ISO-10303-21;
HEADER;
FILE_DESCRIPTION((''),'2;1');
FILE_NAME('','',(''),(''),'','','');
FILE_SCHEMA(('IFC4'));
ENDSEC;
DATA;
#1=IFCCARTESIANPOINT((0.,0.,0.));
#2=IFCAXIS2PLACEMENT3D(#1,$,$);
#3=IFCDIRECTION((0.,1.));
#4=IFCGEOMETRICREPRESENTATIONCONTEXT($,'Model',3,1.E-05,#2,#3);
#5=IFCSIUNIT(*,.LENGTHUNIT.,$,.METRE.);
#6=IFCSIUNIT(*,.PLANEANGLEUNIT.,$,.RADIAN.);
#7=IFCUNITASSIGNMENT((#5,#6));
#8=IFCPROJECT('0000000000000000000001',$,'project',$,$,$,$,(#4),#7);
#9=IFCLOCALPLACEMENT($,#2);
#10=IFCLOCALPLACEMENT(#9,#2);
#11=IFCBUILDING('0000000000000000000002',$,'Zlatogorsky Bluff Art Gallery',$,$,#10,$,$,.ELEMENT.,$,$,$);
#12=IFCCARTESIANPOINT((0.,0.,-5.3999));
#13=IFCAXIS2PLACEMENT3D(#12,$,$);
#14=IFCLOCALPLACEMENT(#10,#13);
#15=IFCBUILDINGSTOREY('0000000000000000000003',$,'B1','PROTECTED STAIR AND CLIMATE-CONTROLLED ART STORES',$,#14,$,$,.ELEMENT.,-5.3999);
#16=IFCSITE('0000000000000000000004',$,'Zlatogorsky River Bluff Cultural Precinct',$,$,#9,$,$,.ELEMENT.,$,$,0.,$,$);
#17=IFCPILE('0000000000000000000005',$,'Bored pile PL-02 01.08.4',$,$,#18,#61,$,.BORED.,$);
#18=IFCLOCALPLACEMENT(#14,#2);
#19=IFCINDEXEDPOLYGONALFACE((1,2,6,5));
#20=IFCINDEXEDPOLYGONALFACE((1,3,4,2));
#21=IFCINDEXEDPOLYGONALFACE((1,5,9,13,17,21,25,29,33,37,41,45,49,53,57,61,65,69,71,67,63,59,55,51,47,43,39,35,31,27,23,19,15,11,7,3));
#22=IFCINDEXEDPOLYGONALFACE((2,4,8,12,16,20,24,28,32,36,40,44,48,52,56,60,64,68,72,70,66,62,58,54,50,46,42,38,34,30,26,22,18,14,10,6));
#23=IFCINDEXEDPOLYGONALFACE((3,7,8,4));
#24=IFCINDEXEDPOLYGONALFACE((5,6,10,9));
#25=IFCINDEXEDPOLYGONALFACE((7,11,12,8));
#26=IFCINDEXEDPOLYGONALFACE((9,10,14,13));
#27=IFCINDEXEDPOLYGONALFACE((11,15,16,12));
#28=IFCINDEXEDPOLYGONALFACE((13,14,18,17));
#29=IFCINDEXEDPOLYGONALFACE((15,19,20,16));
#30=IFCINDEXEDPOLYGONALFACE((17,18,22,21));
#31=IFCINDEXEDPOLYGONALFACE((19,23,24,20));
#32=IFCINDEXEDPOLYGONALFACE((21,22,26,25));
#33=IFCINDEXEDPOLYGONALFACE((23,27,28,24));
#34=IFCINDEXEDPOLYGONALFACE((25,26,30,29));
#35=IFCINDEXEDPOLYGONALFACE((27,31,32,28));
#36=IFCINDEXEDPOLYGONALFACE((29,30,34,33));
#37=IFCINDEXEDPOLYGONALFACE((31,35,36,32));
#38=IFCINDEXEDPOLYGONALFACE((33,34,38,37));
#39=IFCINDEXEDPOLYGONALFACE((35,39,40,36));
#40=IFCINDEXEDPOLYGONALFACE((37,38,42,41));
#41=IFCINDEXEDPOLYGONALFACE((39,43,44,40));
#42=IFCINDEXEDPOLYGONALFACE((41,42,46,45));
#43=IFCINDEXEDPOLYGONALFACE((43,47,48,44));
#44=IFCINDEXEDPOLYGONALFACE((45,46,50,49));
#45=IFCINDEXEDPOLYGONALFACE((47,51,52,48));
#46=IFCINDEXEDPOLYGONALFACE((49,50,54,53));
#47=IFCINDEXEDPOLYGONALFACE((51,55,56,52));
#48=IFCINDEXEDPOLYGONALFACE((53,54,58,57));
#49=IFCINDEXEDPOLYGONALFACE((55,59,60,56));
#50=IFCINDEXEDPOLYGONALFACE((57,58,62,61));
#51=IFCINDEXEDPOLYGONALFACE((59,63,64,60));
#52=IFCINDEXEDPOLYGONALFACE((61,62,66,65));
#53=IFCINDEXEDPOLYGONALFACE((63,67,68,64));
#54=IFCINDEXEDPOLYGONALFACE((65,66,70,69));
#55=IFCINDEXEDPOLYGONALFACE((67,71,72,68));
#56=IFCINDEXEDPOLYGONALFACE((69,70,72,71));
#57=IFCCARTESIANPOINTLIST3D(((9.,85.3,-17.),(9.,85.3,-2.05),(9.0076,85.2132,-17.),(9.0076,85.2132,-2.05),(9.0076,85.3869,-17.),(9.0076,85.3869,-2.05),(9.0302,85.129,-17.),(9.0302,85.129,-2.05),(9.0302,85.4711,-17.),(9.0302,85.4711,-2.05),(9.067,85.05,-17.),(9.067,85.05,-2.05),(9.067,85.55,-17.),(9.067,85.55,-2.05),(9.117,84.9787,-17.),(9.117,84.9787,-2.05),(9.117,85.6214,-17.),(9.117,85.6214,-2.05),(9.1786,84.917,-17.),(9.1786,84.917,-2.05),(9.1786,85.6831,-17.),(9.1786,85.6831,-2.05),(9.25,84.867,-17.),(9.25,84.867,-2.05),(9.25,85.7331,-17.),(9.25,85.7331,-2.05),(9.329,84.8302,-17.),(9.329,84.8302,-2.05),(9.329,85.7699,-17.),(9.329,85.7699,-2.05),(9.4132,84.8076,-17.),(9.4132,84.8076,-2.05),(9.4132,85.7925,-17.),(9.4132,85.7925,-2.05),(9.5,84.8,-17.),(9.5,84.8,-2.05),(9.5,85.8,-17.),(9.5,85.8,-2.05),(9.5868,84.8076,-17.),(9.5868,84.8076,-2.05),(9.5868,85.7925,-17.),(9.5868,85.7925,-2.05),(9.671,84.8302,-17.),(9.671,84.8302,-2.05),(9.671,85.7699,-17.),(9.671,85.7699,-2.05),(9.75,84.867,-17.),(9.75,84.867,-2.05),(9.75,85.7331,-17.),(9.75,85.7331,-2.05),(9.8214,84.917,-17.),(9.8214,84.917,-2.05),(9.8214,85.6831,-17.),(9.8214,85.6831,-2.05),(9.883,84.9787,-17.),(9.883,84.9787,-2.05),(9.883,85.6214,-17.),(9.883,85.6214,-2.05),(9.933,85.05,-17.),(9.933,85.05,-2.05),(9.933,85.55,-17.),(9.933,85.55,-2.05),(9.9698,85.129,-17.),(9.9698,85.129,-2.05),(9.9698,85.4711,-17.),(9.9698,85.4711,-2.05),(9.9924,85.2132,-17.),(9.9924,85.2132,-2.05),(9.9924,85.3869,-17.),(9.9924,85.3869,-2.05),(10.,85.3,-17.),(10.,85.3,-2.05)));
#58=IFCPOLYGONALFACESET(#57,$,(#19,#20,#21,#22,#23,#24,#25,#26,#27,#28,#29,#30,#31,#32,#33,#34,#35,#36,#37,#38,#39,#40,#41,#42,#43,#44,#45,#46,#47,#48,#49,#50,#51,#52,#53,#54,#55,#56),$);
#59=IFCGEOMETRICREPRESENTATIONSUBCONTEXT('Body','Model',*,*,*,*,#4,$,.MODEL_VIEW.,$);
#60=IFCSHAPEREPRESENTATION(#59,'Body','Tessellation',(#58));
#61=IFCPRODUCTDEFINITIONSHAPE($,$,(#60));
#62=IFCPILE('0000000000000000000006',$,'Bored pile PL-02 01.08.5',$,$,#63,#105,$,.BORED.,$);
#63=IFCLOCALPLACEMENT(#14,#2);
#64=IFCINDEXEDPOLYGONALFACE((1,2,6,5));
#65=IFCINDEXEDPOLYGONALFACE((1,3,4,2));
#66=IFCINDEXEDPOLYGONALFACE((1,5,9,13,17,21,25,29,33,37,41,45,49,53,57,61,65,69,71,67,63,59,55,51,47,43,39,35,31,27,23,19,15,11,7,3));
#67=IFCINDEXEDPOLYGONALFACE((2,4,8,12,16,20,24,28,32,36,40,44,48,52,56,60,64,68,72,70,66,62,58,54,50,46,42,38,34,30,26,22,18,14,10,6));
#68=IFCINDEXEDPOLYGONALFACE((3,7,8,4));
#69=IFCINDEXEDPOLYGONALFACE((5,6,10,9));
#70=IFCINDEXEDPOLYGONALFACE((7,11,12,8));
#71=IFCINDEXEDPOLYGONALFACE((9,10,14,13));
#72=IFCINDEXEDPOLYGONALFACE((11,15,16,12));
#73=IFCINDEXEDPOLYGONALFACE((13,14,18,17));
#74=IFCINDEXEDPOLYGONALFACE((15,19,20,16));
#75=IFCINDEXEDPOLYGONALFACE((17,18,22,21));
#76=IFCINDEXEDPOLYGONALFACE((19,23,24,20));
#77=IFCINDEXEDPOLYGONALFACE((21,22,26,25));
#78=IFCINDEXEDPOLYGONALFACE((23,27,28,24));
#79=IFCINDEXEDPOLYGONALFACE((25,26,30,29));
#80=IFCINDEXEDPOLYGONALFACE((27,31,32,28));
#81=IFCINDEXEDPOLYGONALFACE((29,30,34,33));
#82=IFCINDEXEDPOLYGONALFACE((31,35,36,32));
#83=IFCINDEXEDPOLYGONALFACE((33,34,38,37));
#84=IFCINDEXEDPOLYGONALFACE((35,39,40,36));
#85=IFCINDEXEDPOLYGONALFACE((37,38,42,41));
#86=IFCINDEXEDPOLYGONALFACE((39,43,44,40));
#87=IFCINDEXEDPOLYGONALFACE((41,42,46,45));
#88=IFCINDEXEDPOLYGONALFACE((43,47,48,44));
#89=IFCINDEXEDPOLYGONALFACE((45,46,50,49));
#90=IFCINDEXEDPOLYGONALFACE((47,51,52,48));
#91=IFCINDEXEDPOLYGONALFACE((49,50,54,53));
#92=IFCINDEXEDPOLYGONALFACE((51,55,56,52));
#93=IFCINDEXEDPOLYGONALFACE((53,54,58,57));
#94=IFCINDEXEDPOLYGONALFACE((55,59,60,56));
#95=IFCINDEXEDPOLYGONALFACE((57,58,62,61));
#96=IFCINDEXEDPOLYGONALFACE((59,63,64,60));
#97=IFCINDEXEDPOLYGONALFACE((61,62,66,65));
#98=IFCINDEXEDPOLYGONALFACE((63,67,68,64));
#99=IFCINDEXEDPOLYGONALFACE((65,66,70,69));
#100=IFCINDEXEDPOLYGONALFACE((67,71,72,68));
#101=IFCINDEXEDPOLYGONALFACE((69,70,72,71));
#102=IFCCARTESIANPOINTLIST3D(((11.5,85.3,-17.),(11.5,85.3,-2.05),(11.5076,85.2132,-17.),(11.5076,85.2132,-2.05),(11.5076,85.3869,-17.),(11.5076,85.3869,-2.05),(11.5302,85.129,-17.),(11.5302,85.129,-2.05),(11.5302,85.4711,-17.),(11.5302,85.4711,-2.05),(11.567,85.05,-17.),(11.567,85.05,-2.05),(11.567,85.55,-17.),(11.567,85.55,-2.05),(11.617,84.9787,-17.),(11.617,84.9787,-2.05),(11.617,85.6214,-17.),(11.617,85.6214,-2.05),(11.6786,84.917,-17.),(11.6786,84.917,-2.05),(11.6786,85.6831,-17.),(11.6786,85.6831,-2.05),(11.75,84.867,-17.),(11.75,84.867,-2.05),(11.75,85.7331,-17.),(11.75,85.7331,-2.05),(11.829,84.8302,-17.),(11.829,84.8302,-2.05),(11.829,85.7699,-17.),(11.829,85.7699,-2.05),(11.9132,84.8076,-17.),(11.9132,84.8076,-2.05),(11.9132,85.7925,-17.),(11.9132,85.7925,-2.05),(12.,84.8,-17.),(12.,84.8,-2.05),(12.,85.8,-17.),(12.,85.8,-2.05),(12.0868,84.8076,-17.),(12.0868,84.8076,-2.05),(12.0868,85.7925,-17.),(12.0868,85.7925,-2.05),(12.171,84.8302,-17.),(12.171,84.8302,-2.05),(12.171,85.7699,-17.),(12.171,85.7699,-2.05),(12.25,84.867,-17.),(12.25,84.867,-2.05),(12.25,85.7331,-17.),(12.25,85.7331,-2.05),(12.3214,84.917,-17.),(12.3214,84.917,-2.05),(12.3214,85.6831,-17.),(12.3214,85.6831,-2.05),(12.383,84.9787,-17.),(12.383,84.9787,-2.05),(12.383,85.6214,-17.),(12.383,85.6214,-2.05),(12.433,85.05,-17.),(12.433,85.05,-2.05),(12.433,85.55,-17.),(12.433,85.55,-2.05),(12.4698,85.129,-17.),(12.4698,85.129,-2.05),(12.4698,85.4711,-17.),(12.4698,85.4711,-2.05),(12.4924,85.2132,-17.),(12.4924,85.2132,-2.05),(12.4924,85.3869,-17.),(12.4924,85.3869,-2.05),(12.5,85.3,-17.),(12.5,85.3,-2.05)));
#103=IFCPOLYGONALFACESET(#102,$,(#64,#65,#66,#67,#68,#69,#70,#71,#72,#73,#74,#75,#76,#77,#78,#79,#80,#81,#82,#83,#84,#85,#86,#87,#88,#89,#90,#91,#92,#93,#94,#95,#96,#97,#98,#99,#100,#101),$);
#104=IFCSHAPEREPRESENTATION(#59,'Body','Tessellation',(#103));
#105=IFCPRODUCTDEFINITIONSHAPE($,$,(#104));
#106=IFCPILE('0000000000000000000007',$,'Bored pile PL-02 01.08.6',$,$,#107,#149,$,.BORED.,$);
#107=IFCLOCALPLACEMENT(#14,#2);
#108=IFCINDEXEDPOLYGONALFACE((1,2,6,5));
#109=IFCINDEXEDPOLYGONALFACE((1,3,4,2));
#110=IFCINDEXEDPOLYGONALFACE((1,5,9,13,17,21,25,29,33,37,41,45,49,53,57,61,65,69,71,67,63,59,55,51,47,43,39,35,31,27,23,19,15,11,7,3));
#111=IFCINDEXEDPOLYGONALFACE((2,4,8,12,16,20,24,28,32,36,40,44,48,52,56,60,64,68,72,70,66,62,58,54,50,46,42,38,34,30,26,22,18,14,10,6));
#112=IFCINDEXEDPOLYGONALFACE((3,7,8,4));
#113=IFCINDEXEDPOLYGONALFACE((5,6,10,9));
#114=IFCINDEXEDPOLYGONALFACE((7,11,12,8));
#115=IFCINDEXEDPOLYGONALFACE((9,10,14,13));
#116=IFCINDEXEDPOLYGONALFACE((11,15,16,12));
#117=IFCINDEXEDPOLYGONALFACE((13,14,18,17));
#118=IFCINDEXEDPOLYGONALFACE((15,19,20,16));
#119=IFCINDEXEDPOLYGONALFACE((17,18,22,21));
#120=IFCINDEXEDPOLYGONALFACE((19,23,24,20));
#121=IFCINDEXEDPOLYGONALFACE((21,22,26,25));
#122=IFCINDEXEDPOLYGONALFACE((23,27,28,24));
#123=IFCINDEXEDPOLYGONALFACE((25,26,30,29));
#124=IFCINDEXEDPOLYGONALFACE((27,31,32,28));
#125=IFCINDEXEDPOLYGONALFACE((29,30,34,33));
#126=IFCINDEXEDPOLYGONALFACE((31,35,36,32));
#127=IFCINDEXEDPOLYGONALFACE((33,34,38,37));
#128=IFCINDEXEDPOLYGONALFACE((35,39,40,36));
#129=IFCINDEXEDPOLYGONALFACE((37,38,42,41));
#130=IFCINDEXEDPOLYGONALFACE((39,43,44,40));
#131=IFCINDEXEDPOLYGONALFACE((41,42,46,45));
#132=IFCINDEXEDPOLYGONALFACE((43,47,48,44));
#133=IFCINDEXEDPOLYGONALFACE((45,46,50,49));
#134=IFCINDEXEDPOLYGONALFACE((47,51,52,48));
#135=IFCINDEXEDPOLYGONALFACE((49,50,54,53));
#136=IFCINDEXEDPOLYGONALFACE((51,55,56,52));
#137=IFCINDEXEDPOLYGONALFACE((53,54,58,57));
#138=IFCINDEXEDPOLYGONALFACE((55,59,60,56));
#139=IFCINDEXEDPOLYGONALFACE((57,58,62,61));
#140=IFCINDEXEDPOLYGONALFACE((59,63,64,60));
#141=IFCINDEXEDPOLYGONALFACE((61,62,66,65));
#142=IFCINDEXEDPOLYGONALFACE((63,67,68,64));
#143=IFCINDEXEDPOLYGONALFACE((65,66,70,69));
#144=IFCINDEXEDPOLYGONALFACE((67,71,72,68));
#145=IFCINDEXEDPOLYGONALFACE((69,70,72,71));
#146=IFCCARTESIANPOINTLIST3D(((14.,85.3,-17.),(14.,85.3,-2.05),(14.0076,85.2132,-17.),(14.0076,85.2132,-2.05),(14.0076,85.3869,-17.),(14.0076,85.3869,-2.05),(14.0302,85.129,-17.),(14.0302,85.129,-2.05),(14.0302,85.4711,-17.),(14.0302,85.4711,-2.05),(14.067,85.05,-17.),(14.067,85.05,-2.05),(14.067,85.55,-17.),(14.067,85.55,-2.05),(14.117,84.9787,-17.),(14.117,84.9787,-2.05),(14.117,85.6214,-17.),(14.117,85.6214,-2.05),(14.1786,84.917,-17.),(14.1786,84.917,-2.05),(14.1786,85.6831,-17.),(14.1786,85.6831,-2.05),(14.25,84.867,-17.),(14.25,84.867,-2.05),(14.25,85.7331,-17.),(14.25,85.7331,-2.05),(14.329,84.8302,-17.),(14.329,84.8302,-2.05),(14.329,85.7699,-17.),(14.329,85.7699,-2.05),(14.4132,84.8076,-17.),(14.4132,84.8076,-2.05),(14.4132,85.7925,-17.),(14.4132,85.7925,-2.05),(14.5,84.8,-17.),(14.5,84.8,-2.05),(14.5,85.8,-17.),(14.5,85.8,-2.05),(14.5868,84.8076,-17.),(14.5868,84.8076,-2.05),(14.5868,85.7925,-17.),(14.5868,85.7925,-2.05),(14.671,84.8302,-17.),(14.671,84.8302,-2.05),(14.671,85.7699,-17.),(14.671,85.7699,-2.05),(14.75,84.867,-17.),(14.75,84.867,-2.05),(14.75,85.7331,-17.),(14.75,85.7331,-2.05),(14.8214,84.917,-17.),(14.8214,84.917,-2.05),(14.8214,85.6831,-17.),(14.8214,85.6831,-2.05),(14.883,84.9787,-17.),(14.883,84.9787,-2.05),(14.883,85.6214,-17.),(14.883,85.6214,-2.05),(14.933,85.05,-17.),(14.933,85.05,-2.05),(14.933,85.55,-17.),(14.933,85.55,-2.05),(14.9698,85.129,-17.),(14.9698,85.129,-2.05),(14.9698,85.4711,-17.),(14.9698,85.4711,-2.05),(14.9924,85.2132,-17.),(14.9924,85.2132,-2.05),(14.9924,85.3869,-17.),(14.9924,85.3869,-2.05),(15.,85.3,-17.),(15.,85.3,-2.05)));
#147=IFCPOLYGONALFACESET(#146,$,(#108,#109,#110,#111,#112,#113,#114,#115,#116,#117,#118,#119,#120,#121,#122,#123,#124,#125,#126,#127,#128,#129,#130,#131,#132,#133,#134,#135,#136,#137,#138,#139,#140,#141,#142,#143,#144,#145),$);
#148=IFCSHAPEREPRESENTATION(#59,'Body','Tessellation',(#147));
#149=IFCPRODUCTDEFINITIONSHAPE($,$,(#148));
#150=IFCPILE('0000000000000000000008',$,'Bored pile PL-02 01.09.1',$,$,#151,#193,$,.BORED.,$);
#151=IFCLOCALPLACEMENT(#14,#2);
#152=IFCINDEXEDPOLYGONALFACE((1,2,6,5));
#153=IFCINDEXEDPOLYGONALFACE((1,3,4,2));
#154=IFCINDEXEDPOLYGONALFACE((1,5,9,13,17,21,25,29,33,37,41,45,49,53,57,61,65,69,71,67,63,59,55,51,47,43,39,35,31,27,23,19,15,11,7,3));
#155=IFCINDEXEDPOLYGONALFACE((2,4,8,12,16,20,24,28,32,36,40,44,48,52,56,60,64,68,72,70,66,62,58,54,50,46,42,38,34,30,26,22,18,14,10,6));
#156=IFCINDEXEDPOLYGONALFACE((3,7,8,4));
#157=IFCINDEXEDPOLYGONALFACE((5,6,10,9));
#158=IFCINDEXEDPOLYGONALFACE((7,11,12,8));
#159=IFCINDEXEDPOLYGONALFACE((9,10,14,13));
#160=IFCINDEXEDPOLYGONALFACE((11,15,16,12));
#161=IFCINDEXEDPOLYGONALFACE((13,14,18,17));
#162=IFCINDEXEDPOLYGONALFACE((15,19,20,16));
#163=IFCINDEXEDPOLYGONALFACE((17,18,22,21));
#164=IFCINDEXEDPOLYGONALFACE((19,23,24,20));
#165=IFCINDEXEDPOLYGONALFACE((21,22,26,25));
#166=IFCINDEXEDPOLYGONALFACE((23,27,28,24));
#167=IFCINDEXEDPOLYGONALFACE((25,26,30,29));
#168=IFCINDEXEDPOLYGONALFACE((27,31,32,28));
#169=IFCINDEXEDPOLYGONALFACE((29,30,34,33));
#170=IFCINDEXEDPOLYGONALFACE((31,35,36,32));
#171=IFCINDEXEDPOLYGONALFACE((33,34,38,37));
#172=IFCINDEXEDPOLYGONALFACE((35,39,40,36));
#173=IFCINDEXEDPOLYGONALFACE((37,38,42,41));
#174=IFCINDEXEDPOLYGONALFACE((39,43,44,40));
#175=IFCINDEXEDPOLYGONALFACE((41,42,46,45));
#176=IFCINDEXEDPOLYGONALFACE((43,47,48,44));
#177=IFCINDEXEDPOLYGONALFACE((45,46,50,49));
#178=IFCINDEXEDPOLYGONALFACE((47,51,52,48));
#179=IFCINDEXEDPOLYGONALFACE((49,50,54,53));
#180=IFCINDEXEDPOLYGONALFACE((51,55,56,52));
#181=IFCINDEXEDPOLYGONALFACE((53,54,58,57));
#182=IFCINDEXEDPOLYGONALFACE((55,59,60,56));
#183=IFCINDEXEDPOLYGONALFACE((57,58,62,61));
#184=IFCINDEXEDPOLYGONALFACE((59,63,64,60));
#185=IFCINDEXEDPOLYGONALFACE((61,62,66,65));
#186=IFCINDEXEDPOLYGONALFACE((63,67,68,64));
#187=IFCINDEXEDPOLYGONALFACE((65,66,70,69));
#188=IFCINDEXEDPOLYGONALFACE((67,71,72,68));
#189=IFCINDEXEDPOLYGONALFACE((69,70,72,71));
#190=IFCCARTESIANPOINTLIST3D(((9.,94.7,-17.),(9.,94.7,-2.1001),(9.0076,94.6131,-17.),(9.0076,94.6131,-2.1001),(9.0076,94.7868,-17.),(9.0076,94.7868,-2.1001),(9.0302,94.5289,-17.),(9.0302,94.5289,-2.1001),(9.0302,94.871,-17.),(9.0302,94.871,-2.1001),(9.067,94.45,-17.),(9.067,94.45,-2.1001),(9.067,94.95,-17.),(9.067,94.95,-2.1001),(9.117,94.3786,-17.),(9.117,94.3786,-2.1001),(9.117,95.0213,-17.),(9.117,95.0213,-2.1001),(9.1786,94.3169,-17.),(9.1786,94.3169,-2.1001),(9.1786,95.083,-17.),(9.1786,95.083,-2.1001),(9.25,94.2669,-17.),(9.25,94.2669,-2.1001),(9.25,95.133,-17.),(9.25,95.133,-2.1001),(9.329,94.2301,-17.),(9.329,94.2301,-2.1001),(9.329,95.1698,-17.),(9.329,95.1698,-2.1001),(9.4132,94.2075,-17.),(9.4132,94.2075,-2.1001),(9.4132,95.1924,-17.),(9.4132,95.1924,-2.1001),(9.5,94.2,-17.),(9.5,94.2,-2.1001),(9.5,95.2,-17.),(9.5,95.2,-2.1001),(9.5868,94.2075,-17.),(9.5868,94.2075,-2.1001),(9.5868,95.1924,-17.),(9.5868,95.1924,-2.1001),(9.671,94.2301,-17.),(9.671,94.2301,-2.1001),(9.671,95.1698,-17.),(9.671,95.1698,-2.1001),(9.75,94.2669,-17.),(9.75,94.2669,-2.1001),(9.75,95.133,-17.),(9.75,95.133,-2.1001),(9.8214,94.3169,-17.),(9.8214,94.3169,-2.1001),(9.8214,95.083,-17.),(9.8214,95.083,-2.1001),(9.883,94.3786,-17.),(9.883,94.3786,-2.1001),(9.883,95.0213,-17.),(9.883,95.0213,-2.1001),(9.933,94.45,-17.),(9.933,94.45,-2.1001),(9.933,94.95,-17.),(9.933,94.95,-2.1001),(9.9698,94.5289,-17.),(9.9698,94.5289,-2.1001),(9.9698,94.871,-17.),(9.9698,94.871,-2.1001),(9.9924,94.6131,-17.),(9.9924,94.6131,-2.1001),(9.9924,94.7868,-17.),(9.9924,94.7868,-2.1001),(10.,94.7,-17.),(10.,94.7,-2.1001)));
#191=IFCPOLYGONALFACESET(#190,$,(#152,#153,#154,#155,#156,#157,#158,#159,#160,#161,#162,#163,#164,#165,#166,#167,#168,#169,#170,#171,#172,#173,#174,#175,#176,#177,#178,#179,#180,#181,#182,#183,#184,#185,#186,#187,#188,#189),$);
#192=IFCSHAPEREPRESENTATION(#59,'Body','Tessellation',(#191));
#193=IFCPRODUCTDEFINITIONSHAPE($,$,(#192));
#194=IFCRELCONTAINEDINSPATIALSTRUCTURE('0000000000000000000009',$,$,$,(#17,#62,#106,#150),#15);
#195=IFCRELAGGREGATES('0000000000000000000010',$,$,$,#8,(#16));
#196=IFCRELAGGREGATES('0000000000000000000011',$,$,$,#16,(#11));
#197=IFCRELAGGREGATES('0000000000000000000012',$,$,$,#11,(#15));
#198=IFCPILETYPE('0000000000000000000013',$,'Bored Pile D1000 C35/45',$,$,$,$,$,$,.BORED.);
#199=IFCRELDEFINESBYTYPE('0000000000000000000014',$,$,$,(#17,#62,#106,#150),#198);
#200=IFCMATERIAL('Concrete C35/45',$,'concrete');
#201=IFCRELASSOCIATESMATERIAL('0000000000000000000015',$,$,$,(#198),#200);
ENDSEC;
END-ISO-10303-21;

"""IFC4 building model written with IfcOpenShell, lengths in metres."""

from ifc_helpers import new_model, si_unit, direction, frame, origin, origin_2d, place, context, subcontext, project, spatial, circle, extrude, material, material_profile, profile_set, type_object, element, save


model = new_model("IFC4")

# Units and contexts
model_context = context("Model", 3, precision=1e-05, world=origin(), true_north=direction((0.0, 1.0)))
body_context = subcontext(model_context, "Body", "Model", "MODEL_VIEW")
ifc_project = project(units=[si_unit("LENGTHUNIT", "METRE"), si_unit("PLANEANGLEUNIT", "RADIAN")], contexts=[model_context])

# Site, building, storey
site_placement = place(None, origin())
site = spatial("IfcSite", under=ifc_project, at=site_placement, Name="Zlatogorsky River Bluff Cultural Precinct", CompositionType="ELEMENT", RefElevation=0.0)
building_placement = place(site_placement, origin())
building = spatial("IfcBuilding", under=site, at=building_placement, Name="Zlatogorsky Bluff Art Gallery", CompositionType="ELEMENT")
storey_placement = place(building_placement, frame((0.0, 0.0, -5.3999)))
storey = spatial("IfcBuildingStorey", under=building, at=storey_placement, Name="B1", Description="PROTECTED STAIR AND CLIMATE-CONTROLLED ART STORES", CompositionType="ELEMENT", Elevation=-5.3999)

# Piles
ifc_material_1 = material(Name="Concrete C35/45", Category="concrete")
ifc_material_profile_1 = material_profile(ifc_material_1, circle(Radius=0.5, at=origin_2d()), Name="BORED PILE D1000")
ifc_profile_set_1 = profile_set([ifc_material_profile_1], Name="Concrete C35/45")
pile_type = type_object("IfcPileType", Name="Bored Pile D1000 C35/45", PredefinedType="BORED", material=ifc_profile_set_1)
for number, where, z_axis, x_axis, name in (
    (1, (9.5, 85.3, -2.05), (0.0, 0.0, -1.0), (1.0, 0.0, 0.0), "Bored pile PL-02 01.08.4"),
    (2, (12.0, 85.3, -2.05), (0.0, 0.0, -1.0), (1.0, 0.0, 0.0), "Bored pile PL-02 01.08.5"),
    (3, (14.5, 85.3, -2.05), (0.0, 0.0, -1.0), (1.0, 0.0, 0.0), "Bored pile PL-02 01.08.6"),
):
    element("IfcPile", number, at=place(storey_placement, frame(where, z_axis=z_axis, x_axis=x_axis)), inside=storey, type_object=pile_type, Name=name, PredefinedType="BORED", context=body_context, shape_type="SweptSolid", body=[
        extrude(circle(Radius=0.5, at=origin_2d()), origin(), (0.0, 0.0, 1.0), 14.95),
    ])
for number, where, z_axis, x_axis, name in (
    (4, (9.5, 94.7, -2.1001), (0.0, 0.0, -1.0), (1.0, 0.0, 0.0), "Bored pile PL-02 01.09.1"),
):
    element("IfcPile", number, at=place(storey_placement, frame(where, z_axis=z_axis, x_axis=x_axis)), inside=storey, type_object=pile_type, Name=name, PredefinedType="BORED", context=body_context, shape_type="SweptSolid", body=[
        extrude(circle(Radius=0.5, at=origin_2d()), origin(), (0.0, 0.0, 1.0), 14.8999),
    ])

save(model, "model.ifc")
